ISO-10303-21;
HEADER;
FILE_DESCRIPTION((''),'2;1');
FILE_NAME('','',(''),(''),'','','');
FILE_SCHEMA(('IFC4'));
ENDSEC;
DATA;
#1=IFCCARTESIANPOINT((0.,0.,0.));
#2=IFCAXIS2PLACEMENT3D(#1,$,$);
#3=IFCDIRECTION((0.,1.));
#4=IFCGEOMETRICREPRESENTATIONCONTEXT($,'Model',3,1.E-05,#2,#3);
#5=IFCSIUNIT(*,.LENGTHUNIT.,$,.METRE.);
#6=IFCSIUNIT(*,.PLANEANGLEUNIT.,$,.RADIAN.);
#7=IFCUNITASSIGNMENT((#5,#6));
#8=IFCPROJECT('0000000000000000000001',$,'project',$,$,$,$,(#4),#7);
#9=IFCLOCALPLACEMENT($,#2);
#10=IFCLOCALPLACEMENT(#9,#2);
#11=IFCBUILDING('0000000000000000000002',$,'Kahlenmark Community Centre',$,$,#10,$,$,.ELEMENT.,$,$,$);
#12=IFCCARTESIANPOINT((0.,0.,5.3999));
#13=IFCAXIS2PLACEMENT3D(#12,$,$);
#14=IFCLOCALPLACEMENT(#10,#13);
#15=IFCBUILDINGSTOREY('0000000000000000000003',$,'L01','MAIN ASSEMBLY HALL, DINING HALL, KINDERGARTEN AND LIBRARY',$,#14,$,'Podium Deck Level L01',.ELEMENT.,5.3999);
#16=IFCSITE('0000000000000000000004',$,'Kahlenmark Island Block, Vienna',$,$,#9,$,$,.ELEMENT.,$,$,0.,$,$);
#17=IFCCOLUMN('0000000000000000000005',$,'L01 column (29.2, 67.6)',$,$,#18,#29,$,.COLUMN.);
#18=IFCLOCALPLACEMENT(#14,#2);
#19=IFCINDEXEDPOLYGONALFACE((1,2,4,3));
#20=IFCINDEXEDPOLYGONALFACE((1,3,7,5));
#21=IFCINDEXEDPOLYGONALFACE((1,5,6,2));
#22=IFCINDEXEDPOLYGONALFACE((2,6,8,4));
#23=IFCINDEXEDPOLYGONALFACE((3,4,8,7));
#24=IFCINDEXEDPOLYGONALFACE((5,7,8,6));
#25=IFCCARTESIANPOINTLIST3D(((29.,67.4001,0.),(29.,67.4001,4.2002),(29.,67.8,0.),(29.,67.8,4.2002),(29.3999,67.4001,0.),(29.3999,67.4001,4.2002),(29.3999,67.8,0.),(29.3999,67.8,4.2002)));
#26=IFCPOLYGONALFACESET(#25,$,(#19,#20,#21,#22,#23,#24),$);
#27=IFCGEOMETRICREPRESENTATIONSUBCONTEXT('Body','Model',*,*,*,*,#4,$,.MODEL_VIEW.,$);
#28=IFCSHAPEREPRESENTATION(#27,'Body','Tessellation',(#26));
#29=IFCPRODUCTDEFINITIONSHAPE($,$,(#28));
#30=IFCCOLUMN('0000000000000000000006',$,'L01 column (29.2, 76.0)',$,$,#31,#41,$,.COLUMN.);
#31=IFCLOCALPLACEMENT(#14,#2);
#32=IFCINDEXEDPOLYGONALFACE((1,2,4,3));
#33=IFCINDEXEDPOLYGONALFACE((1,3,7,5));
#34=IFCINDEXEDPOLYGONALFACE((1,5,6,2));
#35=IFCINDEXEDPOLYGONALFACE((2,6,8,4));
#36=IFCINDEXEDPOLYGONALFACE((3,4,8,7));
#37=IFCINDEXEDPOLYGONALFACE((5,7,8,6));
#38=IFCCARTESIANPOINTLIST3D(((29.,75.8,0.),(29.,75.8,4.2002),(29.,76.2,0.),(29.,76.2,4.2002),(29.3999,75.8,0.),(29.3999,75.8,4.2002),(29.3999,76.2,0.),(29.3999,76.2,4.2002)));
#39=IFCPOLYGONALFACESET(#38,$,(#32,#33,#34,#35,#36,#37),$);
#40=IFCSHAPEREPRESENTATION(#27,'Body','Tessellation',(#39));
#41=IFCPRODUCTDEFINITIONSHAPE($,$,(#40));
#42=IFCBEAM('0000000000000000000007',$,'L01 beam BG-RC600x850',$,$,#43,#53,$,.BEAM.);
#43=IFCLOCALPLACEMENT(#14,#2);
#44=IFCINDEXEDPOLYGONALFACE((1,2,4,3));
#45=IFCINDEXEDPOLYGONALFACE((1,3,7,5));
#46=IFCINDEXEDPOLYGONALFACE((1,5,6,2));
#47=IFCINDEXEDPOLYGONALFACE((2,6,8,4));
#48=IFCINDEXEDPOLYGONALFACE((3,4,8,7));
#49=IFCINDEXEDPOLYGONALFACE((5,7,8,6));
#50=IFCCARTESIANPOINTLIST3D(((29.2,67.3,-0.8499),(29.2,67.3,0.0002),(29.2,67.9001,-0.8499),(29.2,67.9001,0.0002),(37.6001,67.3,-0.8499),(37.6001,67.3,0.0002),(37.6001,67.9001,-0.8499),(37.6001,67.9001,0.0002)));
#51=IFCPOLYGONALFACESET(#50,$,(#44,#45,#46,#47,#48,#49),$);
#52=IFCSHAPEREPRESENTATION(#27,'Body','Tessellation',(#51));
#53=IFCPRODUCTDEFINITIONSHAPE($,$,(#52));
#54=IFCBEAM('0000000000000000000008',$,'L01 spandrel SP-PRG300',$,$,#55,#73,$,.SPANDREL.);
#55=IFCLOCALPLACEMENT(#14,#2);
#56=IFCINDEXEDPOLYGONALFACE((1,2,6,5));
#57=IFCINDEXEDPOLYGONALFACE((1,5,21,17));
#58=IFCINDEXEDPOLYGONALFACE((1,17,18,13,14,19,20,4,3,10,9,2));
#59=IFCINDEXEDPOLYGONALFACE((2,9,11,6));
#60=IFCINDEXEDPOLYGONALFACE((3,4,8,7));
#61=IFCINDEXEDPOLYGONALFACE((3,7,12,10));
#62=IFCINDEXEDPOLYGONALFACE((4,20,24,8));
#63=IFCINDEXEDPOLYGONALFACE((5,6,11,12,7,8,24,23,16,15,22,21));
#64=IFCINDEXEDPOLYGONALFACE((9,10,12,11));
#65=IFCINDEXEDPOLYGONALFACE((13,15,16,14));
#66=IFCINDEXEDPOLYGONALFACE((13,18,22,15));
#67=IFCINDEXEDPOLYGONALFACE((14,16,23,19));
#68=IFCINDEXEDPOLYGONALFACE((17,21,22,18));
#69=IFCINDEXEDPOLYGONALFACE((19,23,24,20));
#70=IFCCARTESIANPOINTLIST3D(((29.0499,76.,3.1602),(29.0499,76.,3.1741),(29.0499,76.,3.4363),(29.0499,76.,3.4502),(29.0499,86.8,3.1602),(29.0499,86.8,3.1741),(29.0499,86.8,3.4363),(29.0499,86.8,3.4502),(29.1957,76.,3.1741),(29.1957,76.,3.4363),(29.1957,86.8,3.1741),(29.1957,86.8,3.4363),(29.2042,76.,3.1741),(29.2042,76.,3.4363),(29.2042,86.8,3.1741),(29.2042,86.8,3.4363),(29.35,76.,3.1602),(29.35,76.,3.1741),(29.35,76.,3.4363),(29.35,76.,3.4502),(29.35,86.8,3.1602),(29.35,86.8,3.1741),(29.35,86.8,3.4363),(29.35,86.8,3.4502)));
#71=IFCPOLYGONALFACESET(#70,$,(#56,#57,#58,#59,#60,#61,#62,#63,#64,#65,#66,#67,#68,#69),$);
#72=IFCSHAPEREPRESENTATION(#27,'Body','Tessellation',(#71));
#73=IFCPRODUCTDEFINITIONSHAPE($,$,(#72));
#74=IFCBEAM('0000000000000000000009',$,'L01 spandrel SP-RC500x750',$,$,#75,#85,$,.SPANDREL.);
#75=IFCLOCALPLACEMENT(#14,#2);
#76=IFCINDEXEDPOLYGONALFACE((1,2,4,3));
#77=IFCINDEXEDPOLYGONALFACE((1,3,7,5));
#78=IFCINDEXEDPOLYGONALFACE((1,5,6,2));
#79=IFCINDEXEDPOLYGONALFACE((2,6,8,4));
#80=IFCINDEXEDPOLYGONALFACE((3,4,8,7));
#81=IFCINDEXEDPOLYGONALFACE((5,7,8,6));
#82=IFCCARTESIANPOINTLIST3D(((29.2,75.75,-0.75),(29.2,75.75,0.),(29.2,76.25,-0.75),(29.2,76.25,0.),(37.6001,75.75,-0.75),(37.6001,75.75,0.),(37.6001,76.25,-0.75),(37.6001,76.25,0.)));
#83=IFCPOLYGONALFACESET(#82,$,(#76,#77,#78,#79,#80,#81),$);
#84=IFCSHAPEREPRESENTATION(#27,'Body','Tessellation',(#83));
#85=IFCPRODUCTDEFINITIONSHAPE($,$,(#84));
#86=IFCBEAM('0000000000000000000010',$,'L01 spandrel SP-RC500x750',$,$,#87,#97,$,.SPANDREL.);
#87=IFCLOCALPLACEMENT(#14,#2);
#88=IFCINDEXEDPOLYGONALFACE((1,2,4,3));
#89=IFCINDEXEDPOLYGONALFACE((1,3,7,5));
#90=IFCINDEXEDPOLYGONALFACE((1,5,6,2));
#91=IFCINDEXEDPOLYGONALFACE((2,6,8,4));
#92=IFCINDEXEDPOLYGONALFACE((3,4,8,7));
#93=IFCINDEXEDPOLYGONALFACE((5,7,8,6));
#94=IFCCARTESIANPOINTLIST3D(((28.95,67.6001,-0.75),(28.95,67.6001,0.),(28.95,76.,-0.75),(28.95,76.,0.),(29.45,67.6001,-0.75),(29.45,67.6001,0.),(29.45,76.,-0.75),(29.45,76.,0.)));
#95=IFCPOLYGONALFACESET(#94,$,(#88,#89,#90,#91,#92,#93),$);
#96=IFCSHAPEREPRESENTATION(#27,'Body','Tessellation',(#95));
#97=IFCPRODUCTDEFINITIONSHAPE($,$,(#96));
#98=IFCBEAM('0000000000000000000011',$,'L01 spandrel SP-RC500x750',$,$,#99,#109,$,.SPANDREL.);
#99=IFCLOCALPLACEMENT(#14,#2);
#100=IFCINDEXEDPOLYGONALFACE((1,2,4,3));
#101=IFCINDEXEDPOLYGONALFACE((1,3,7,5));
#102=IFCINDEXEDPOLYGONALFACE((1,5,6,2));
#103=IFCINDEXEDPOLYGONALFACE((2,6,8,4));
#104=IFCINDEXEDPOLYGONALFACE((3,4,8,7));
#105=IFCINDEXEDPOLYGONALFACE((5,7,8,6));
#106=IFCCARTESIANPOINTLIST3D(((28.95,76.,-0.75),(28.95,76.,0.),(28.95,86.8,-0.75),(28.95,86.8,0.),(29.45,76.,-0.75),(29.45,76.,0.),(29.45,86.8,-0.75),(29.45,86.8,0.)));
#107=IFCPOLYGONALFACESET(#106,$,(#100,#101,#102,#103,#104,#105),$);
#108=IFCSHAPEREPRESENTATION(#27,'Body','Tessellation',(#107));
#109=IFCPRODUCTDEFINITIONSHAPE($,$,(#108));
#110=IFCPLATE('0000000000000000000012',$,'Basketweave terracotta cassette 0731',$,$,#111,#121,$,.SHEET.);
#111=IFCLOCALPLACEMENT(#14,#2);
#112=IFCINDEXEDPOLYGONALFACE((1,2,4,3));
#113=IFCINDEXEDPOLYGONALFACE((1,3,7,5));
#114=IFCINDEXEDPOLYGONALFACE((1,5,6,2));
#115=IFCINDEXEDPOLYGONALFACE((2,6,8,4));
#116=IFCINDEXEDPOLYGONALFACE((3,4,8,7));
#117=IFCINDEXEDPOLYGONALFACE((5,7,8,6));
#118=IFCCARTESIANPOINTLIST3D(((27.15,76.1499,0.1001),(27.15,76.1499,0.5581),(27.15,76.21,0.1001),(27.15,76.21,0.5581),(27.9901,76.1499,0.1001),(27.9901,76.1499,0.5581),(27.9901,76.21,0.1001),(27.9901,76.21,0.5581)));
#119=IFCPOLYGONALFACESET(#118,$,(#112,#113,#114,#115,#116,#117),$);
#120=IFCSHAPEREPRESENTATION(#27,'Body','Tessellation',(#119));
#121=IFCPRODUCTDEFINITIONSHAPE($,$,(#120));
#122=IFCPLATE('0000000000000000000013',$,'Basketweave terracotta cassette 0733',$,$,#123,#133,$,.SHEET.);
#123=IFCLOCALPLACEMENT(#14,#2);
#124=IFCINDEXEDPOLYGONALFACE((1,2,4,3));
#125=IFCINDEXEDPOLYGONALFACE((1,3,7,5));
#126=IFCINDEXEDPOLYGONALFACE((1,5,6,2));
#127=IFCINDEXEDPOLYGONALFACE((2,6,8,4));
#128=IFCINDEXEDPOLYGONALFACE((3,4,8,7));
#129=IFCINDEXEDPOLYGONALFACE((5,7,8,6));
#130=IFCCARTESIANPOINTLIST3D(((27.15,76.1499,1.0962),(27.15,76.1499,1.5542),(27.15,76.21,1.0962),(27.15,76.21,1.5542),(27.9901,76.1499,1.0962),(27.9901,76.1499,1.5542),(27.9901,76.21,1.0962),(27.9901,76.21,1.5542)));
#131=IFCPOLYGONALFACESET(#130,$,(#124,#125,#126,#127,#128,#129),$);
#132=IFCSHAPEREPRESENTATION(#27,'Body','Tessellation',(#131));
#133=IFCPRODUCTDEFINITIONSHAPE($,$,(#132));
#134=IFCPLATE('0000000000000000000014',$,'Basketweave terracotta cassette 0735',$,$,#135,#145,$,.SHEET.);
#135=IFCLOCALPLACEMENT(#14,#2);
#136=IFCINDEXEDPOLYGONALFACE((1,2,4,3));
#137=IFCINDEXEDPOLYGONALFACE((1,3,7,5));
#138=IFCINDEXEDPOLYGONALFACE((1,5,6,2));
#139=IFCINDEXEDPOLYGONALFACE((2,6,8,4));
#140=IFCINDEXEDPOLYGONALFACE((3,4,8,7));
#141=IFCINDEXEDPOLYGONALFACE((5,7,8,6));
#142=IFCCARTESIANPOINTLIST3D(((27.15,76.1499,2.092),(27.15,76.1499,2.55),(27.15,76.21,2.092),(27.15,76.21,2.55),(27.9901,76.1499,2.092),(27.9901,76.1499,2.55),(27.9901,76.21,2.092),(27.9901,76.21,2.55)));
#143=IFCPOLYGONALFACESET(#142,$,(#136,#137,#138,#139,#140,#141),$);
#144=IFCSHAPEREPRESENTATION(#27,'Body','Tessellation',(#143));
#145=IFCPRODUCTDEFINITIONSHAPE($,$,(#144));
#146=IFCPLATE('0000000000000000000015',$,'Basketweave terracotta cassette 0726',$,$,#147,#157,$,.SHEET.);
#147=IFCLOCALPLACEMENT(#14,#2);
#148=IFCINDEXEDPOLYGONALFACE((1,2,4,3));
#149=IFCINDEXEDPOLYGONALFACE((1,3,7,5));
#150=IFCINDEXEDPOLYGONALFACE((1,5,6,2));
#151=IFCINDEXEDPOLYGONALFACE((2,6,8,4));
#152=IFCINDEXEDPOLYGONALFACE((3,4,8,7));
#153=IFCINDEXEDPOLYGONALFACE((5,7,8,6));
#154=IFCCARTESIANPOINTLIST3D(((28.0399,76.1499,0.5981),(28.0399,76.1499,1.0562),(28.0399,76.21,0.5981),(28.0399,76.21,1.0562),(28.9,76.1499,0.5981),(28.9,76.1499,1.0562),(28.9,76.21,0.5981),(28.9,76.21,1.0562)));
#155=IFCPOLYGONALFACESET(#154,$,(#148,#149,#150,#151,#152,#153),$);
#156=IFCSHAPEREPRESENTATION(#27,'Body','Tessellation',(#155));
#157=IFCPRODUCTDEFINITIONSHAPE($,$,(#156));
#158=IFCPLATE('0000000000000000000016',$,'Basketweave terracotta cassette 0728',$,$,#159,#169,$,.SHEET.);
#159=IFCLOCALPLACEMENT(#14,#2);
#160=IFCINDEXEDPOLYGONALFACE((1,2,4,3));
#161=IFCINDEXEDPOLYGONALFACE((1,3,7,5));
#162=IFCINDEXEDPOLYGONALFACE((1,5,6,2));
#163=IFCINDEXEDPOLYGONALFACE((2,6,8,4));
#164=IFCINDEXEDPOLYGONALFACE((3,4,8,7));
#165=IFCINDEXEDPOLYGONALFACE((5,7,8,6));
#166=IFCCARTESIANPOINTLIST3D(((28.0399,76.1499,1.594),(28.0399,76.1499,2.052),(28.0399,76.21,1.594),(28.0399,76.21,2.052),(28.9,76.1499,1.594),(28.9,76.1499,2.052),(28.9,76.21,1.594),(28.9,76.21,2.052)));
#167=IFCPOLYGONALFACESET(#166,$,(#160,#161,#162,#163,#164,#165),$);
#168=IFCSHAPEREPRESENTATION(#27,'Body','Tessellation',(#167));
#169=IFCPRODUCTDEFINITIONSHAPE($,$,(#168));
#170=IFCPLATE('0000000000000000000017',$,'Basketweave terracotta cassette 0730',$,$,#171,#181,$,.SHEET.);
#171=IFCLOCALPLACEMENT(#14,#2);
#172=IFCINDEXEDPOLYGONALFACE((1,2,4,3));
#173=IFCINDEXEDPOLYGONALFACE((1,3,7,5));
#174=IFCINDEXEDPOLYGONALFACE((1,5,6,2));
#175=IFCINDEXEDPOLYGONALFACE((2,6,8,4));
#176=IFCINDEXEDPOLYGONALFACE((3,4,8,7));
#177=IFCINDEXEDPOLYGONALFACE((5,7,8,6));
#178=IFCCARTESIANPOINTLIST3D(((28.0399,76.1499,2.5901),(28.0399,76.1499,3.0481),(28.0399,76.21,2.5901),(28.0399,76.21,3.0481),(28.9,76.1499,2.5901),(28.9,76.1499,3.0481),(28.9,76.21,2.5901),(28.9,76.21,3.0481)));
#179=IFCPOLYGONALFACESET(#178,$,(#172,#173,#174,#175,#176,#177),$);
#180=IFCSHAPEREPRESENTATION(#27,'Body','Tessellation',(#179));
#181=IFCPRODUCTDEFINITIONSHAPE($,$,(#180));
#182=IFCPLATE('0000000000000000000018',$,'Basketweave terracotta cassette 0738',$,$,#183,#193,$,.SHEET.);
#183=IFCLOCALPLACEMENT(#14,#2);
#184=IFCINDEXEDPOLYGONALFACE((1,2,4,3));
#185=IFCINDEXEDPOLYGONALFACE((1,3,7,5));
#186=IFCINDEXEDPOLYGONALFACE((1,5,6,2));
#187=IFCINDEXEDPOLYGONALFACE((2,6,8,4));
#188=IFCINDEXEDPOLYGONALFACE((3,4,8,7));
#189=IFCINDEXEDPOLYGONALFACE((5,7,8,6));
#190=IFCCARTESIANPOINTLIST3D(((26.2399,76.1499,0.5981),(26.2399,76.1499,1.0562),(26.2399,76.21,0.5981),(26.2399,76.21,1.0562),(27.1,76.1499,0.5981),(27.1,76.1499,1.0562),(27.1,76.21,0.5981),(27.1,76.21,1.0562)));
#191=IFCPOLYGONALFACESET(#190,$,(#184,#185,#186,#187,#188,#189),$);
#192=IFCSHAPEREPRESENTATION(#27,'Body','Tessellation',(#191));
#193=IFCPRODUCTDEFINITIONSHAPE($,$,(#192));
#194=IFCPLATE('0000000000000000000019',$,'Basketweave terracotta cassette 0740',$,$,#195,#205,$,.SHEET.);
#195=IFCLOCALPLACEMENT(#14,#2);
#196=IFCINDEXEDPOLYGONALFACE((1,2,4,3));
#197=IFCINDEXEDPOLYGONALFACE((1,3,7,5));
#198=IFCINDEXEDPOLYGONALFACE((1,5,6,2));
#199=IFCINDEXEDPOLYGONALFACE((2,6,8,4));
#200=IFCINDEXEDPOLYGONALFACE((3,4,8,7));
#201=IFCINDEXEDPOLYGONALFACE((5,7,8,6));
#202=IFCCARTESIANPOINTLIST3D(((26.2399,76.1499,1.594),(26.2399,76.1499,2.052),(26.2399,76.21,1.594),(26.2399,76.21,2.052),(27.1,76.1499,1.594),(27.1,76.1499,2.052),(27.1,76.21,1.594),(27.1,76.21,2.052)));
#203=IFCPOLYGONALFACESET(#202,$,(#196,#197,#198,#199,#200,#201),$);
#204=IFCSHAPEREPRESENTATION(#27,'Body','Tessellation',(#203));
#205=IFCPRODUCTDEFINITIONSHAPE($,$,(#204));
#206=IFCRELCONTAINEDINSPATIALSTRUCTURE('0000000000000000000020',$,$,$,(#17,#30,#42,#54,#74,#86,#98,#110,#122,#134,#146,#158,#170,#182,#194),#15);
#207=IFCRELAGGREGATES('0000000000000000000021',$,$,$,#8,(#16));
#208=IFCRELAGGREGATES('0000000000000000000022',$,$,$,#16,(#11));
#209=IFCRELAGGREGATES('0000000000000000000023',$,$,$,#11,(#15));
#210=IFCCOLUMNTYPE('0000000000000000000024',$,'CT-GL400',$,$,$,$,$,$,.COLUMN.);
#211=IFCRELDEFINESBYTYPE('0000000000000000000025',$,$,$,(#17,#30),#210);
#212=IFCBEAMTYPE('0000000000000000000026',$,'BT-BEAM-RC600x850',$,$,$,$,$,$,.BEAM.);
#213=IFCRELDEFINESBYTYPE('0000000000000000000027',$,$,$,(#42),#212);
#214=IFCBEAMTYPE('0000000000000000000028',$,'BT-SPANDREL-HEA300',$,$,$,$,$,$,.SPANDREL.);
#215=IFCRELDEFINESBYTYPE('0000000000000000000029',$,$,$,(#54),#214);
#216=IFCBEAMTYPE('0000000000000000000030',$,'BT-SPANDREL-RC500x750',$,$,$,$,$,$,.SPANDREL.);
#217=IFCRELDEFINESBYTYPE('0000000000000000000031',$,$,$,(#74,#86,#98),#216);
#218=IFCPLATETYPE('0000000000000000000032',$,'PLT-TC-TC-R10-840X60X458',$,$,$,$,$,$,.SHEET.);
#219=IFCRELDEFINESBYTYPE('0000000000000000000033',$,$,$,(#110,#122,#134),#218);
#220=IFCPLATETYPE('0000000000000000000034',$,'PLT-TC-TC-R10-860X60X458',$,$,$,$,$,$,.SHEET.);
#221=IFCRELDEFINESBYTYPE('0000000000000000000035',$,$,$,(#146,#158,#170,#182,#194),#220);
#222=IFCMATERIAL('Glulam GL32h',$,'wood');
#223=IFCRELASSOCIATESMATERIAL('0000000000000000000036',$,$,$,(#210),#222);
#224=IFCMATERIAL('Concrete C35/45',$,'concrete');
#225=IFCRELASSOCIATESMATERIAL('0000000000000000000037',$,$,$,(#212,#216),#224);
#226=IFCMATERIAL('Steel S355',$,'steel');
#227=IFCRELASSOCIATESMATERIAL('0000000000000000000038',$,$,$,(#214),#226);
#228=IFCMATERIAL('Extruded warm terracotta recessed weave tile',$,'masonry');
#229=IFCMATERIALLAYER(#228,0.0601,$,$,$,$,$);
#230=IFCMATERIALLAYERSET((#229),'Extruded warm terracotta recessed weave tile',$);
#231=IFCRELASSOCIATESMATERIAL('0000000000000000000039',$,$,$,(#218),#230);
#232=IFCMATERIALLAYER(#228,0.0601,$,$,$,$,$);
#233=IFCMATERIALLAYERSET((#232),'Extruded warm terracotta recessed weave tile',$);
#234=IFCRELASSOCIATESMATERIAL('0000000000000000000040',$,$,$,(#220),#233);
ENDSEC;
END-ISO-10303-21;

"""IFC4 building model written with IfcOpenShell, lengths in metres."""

from ifc_helpers import new_model, si_unit, direction, frame, origin, origin_2d, place, context, subcontext, project, spatial, rectangle, i_section, extrude, material, layer, layer_set, material_profile, profile_set, type_object, element, save


model = new_model("IFC4")

# Units and contexts
model_context = context("Model", 3, precision=1e-05, world=origin(), true_north=direction((0.0, 1.0)))
body_context = subcontext(model_context, "Body", "Model", "MODEL_VIEW")
ifc_project = project(units=[si_unit("LENGTHUNIT", "METRE"), si_unit("PLANEANGLEUNIT", "RADIAN")], contexts=[model_context])

# Site, building, storey
site_placement = place(None, origin())
site = spatial("IfcSite", under=ifc_project, at=site_placement, Name="Kahlenmark Island Block, Vienna", CompositionType="ELEMENT", RefElevation=0.0)
building_placement = place(site_placement, origin())
building = spatial("IfcBuilding", under=site, at=building_placement, Name="Kahlenmark Community Centre", CompositionType="ELEMENT")
storey_placement = place(building_placement, frame((0.0, 0.0, 5.3999)))
storey = spatial("IfcBuildingStorey", under=building, at=storey_placement, Name="L01", Description="MAIN ASSEMBLY HALL, DINING HALL, KINDERGARTEN AND LIBRARY", LongName="Podium Deck Level L01", CompositionType="ELEMENT", Elevation=5.3999)

# Columns
ifc_material_1 = material(Name="Glulam GL32h", Category="wood")
ifc_material_profile_1 = material_profile(ifc_material_1, rectangle(XDim=0.3999, YDim=0.3999, at=origin_2d()), Name="GL32h 400x400")
ifc_profile_set_1 = profile_set([ifc_material_profile_1], Name="Glulam GL32h")
column_type = type_object("IfcColumnType", Name="CT-GL400", PredefinedType="COLUMN", material=ifc_profile_set_1)
for number, where, z_axis, x_axis, name in (
    (1, (29.2, 67.6001, 0.0), (0.0, 0.0, 1.0), (1.0, 0.0, 0.0), "L01 column (29.2, 67.6)"),
    (2, (29.2, 76.0, 0.0), (0.0, 0.0, 1.0), (1.0, 0.0, 0.0), "L01 column (29.2, 76.0)"),
):
    element("IfcColumn", number, at=place(storey_placement, frame(where, z_axis=z_axis, x_axis=x_axis)), inside=storey, type_object=column_type, Name=name, PredefinedType="COLUMN", context=body_context, shape_type="SweptSolid", body=[
        extrude(rectangle(XDim=0.3999, YDim=0.3999, at=origin_2d()), origin(), (0.0, 0.0, 1.0), 4.2002),
    ])

# Beams
ifc_material_2 = material(Name="Concrete C35/45", Category="concrete")
ifc_material_profile_2 = material_profile(ifc_material_2, rectangle(XDim=0.6001, YDim=0.8501, at=origin_2d()), Name="RC 600x850")
ifc_profile_set_2 = profile_set([ifc_material_profile_2], Name="Concrete C35/45")
beam_type_1 = type_object("IfcBeamType", Name="BT-BEAM-RC600x850", PredefinedType="BEAM", material=ifc_profile_set_2)
beam_1_placement = place(storey_placement, frame((29.2, 67.6001, -0.4248), z_axis=(1.0, 0.0, 0.0), x_axis=(0.0, 1.0, 0.0)))
element("IfcBeam", 3, at=beam_1_placement, inside=storey, type_object=beam_type_1, Name="L01 beam BG-RC600x850", PredefinedType="BEAM", context=body_context, shape_type="SweptSolid", body=[
    extrude(rectangle(XDim=0.6001, YDim=0.8501, at=origin_2d()), origin(), (0.0, 0.0, 1.0), 8.4001),
])
ifc_material_3 = material(Name="Steel S355", Category="steel")
ifc_material_profile_3 = material_profile(ifc_material_3, i_section(OverallWidth=0.3, OverallDepth=0.29, WebThickness=0.0085, FlangeThickness=0.0139, at=origin_2d()), Name="HEA 300")
ifc_profile_set_3 = profile_set([ifc_material_profile_3], Name="Steel S355")
beam_type_2 = type_object("IfcBeamType", Name="BT-SPANDREL-HEA300", PredefinedType="SPANDREL", material=ifc_profile_set_3)
beam_2_placement = place(storey_placement, frame((29.2, 76.0, 3.3052), z_axis=(0.0, 1.0, 0.0), x_axis=(-1.0, 0.0, 0.0)))
element("IfcBeam", 4, at=beam_2_placement, inside=storey, type_object=beam_type_2, Name="L01 spandrel SP-PRG300", PredefinedType="SPANDREL", context=body_context, shape_type="SweptSolid", body=[
    extrude(i_section(OverallWidth=0.3, OverallDepth=0.29, WebThickness=0.0085, FlangeThickness=0.0139, at=origin_2d()), origin(), (0.0, 0.0, 1.0), 10.8),
])
ifc_material_profile_4 = material_profile(ifc_material_2, rectangle(XDim=0.5, YDim=0.75, at=origin_2d()), Name="RC 500x750")
ifc_profile_set_4 = profile_set([ifc_material_profile_4], Name="Concrete C35/45")
beam_type_3 = type_object("IfcBeamType", Name="BT-SPANDREL-RC500x750", PredefinedType="SPANDREL", material=ifc_profile_set_4)
beam_3_placement = place(storey_placement, frame((29.2, 76.0, -0.375), z_axis=(1.0, 0.0, 0.0), x_axis=(0.0, 1.0, 0.0)))
element("IfcBeam", 5, at=beam_3_placement, inside=storey, type_object=beam_type_3, Name="L01 spandrel SP-RC500x750", PredefinedType="SPANDREL", context=body_context, shape_type="SweptSolid", body=[
    extrude(rectangle(XDim=0.5, YDim=0.75, at=origin_2d()), origin(), (0.0, 0.0, 1.0), 8.4001),
])
beam_4_placement = place(storey_placement, frame((29.2, 67.6001, -0.375), z_axis=(0.0, 1.0, 0.0), x_axis=(-1.0, 0.0, 0.0)))
element("IfcBeam", 6, at=beam_4_placement, inside=storey, type_object=beam_type_3, Name="L01 spandrel SP-RC500x750", PredefinedType="SPANDREL", context=body_context, shape_type="SweptSolid", body=[
    extrude(rectangle(XDim=0.5, YDim=0.75, at=origin_2d()), origin(), (0.0, 0.0, 1.0), 8.3999),
])
beam_5_placement = place(storey_placement, frame((29.2, 76.0, -0.375), z_axis=(0.0, 1.0, 0.0), x_axis=(-1.0, 0.0, 0.0)))
element("IfcBeam", 7, at=beam_5_placement, inside=storey, type_object=beam_type_3, Name="L01 spandrel SP-RC500x750", PredefinedType="SPANDREL", context=body_context, shape_type="SweptSolid", body=[
    extrude(rectangle(XDim=0.5, YDim=0.75, at=origin_2d()), origin(), (0.0, 0.0, 1.0), 10.8),
])

# Plates
ifc_material_4 = material(Name="Extruded warm terracotta recessed weave tile", Category="masonry")
ifc_layer_1 = layer(ifc_material_4, 0.0601)
ifc_layer_set_1 = layer_set([ifc_layer_1], Name="Extruded warm terracotta recessed weave tile")
plate_type_1 = type_object("IfcPlateType", Name="PLT-TC-TC-R10-840X60X458", PredefinedType="SHEET", material=ifc_layer_set_1)
for number, where, z_axis, x_axis, name in (
    (8, (27.5701, 76.1799, 0.1001), (0.0, 0.0, 1.0), (-1.0, 0.0, 0.0), "Basketweave terracotta cassette 0731"),
    (9, (27.5701, 76.1799, 1.0962), (0.0, 0.0, 1.0), (-1.0, 0.0, 0.0), "Basketweave terracotta cassette 0733"),
    (10, (27.5701, 76.1799, 2.092), (0.0, 0.0, 1.0), (-1.0, 0.0, 0.0), "Basketweave terracotta cassette 0735"),
):
    element("IfcPlate", number, at=place(storey_placement, frame(where, z_axis=z_axis, x_axis=x_axis)), inside=storey, type_object=plate_type_1, Name=name, PredefinedType="SHEET", context=body_context, shape_type="SweptSolid", body=[
        extrude(rectangle(XDim=0.8401, YDim=0.0601, at=origin_2d()), origin(), (0.0, 0.0, 1.0), 0.458),
    ])
ifc_layer_2 = layer(ifc_material_4, 0.0601)
ifc_layer_set_2 = layer_set([ifc_layer_2], Name="Extruded warm terracotta recessed weave tile")
plate_type_2 = type_object("IfcPlateType", Name="PLT-TC-TC-R10-860X60X458", PredefinedType="SHEET", material=ifc_layer_set_2)
for number, where, z_axis, x_axis, name in (
    (11, (28.47, 76.1799, 0.5981), (0.0, 0.0, 1.0), (-1.0, 0.0, 0.0), "Basketweave terracotta cassette 0726"),
    (12, (28.47, 76.1799, 1.594), (0.0, 0.0, 1.0), (-1.0, 0.0, 0.0), "Basketweave terracotta cassette 0728"),
    (13, (28.47, 76.1799, 2.5901), (0.0, 0.0, 1.0), (-1.0, 0.0, 0.0), "Basketweave terracotta cassette 0730"),
    (14, (26.6699, 76.1799, 0.5981), (0.0, 0.0, 1.0), (-1.0, 0.0, 0.0), "Basketweave terracotta cassette 0738"),
    (15, (26.6699, 76.1799, 1.594), (0.0, 0.0, 1.0), (-1.0, 0.0, 0.0), "Basketweave terracotta cassette 0740"),
):
    element("IfcPlate", number, at=place(storey_placement, frame(where, z_axis=z_axis, x_axis=x_axis)), inside=storey, type_object=plate_type_2, Name=name, PredefinedType="SHEET", context=body_context, shape_type="SweptSolid", body=[
        extrude(rectangle(XDim=0.8601, YDim=0.0601, at=origin_2d()), origin(), (0.0, 0.0, 1.0), 0.458),
    ])

save(model, "model.ifc")
